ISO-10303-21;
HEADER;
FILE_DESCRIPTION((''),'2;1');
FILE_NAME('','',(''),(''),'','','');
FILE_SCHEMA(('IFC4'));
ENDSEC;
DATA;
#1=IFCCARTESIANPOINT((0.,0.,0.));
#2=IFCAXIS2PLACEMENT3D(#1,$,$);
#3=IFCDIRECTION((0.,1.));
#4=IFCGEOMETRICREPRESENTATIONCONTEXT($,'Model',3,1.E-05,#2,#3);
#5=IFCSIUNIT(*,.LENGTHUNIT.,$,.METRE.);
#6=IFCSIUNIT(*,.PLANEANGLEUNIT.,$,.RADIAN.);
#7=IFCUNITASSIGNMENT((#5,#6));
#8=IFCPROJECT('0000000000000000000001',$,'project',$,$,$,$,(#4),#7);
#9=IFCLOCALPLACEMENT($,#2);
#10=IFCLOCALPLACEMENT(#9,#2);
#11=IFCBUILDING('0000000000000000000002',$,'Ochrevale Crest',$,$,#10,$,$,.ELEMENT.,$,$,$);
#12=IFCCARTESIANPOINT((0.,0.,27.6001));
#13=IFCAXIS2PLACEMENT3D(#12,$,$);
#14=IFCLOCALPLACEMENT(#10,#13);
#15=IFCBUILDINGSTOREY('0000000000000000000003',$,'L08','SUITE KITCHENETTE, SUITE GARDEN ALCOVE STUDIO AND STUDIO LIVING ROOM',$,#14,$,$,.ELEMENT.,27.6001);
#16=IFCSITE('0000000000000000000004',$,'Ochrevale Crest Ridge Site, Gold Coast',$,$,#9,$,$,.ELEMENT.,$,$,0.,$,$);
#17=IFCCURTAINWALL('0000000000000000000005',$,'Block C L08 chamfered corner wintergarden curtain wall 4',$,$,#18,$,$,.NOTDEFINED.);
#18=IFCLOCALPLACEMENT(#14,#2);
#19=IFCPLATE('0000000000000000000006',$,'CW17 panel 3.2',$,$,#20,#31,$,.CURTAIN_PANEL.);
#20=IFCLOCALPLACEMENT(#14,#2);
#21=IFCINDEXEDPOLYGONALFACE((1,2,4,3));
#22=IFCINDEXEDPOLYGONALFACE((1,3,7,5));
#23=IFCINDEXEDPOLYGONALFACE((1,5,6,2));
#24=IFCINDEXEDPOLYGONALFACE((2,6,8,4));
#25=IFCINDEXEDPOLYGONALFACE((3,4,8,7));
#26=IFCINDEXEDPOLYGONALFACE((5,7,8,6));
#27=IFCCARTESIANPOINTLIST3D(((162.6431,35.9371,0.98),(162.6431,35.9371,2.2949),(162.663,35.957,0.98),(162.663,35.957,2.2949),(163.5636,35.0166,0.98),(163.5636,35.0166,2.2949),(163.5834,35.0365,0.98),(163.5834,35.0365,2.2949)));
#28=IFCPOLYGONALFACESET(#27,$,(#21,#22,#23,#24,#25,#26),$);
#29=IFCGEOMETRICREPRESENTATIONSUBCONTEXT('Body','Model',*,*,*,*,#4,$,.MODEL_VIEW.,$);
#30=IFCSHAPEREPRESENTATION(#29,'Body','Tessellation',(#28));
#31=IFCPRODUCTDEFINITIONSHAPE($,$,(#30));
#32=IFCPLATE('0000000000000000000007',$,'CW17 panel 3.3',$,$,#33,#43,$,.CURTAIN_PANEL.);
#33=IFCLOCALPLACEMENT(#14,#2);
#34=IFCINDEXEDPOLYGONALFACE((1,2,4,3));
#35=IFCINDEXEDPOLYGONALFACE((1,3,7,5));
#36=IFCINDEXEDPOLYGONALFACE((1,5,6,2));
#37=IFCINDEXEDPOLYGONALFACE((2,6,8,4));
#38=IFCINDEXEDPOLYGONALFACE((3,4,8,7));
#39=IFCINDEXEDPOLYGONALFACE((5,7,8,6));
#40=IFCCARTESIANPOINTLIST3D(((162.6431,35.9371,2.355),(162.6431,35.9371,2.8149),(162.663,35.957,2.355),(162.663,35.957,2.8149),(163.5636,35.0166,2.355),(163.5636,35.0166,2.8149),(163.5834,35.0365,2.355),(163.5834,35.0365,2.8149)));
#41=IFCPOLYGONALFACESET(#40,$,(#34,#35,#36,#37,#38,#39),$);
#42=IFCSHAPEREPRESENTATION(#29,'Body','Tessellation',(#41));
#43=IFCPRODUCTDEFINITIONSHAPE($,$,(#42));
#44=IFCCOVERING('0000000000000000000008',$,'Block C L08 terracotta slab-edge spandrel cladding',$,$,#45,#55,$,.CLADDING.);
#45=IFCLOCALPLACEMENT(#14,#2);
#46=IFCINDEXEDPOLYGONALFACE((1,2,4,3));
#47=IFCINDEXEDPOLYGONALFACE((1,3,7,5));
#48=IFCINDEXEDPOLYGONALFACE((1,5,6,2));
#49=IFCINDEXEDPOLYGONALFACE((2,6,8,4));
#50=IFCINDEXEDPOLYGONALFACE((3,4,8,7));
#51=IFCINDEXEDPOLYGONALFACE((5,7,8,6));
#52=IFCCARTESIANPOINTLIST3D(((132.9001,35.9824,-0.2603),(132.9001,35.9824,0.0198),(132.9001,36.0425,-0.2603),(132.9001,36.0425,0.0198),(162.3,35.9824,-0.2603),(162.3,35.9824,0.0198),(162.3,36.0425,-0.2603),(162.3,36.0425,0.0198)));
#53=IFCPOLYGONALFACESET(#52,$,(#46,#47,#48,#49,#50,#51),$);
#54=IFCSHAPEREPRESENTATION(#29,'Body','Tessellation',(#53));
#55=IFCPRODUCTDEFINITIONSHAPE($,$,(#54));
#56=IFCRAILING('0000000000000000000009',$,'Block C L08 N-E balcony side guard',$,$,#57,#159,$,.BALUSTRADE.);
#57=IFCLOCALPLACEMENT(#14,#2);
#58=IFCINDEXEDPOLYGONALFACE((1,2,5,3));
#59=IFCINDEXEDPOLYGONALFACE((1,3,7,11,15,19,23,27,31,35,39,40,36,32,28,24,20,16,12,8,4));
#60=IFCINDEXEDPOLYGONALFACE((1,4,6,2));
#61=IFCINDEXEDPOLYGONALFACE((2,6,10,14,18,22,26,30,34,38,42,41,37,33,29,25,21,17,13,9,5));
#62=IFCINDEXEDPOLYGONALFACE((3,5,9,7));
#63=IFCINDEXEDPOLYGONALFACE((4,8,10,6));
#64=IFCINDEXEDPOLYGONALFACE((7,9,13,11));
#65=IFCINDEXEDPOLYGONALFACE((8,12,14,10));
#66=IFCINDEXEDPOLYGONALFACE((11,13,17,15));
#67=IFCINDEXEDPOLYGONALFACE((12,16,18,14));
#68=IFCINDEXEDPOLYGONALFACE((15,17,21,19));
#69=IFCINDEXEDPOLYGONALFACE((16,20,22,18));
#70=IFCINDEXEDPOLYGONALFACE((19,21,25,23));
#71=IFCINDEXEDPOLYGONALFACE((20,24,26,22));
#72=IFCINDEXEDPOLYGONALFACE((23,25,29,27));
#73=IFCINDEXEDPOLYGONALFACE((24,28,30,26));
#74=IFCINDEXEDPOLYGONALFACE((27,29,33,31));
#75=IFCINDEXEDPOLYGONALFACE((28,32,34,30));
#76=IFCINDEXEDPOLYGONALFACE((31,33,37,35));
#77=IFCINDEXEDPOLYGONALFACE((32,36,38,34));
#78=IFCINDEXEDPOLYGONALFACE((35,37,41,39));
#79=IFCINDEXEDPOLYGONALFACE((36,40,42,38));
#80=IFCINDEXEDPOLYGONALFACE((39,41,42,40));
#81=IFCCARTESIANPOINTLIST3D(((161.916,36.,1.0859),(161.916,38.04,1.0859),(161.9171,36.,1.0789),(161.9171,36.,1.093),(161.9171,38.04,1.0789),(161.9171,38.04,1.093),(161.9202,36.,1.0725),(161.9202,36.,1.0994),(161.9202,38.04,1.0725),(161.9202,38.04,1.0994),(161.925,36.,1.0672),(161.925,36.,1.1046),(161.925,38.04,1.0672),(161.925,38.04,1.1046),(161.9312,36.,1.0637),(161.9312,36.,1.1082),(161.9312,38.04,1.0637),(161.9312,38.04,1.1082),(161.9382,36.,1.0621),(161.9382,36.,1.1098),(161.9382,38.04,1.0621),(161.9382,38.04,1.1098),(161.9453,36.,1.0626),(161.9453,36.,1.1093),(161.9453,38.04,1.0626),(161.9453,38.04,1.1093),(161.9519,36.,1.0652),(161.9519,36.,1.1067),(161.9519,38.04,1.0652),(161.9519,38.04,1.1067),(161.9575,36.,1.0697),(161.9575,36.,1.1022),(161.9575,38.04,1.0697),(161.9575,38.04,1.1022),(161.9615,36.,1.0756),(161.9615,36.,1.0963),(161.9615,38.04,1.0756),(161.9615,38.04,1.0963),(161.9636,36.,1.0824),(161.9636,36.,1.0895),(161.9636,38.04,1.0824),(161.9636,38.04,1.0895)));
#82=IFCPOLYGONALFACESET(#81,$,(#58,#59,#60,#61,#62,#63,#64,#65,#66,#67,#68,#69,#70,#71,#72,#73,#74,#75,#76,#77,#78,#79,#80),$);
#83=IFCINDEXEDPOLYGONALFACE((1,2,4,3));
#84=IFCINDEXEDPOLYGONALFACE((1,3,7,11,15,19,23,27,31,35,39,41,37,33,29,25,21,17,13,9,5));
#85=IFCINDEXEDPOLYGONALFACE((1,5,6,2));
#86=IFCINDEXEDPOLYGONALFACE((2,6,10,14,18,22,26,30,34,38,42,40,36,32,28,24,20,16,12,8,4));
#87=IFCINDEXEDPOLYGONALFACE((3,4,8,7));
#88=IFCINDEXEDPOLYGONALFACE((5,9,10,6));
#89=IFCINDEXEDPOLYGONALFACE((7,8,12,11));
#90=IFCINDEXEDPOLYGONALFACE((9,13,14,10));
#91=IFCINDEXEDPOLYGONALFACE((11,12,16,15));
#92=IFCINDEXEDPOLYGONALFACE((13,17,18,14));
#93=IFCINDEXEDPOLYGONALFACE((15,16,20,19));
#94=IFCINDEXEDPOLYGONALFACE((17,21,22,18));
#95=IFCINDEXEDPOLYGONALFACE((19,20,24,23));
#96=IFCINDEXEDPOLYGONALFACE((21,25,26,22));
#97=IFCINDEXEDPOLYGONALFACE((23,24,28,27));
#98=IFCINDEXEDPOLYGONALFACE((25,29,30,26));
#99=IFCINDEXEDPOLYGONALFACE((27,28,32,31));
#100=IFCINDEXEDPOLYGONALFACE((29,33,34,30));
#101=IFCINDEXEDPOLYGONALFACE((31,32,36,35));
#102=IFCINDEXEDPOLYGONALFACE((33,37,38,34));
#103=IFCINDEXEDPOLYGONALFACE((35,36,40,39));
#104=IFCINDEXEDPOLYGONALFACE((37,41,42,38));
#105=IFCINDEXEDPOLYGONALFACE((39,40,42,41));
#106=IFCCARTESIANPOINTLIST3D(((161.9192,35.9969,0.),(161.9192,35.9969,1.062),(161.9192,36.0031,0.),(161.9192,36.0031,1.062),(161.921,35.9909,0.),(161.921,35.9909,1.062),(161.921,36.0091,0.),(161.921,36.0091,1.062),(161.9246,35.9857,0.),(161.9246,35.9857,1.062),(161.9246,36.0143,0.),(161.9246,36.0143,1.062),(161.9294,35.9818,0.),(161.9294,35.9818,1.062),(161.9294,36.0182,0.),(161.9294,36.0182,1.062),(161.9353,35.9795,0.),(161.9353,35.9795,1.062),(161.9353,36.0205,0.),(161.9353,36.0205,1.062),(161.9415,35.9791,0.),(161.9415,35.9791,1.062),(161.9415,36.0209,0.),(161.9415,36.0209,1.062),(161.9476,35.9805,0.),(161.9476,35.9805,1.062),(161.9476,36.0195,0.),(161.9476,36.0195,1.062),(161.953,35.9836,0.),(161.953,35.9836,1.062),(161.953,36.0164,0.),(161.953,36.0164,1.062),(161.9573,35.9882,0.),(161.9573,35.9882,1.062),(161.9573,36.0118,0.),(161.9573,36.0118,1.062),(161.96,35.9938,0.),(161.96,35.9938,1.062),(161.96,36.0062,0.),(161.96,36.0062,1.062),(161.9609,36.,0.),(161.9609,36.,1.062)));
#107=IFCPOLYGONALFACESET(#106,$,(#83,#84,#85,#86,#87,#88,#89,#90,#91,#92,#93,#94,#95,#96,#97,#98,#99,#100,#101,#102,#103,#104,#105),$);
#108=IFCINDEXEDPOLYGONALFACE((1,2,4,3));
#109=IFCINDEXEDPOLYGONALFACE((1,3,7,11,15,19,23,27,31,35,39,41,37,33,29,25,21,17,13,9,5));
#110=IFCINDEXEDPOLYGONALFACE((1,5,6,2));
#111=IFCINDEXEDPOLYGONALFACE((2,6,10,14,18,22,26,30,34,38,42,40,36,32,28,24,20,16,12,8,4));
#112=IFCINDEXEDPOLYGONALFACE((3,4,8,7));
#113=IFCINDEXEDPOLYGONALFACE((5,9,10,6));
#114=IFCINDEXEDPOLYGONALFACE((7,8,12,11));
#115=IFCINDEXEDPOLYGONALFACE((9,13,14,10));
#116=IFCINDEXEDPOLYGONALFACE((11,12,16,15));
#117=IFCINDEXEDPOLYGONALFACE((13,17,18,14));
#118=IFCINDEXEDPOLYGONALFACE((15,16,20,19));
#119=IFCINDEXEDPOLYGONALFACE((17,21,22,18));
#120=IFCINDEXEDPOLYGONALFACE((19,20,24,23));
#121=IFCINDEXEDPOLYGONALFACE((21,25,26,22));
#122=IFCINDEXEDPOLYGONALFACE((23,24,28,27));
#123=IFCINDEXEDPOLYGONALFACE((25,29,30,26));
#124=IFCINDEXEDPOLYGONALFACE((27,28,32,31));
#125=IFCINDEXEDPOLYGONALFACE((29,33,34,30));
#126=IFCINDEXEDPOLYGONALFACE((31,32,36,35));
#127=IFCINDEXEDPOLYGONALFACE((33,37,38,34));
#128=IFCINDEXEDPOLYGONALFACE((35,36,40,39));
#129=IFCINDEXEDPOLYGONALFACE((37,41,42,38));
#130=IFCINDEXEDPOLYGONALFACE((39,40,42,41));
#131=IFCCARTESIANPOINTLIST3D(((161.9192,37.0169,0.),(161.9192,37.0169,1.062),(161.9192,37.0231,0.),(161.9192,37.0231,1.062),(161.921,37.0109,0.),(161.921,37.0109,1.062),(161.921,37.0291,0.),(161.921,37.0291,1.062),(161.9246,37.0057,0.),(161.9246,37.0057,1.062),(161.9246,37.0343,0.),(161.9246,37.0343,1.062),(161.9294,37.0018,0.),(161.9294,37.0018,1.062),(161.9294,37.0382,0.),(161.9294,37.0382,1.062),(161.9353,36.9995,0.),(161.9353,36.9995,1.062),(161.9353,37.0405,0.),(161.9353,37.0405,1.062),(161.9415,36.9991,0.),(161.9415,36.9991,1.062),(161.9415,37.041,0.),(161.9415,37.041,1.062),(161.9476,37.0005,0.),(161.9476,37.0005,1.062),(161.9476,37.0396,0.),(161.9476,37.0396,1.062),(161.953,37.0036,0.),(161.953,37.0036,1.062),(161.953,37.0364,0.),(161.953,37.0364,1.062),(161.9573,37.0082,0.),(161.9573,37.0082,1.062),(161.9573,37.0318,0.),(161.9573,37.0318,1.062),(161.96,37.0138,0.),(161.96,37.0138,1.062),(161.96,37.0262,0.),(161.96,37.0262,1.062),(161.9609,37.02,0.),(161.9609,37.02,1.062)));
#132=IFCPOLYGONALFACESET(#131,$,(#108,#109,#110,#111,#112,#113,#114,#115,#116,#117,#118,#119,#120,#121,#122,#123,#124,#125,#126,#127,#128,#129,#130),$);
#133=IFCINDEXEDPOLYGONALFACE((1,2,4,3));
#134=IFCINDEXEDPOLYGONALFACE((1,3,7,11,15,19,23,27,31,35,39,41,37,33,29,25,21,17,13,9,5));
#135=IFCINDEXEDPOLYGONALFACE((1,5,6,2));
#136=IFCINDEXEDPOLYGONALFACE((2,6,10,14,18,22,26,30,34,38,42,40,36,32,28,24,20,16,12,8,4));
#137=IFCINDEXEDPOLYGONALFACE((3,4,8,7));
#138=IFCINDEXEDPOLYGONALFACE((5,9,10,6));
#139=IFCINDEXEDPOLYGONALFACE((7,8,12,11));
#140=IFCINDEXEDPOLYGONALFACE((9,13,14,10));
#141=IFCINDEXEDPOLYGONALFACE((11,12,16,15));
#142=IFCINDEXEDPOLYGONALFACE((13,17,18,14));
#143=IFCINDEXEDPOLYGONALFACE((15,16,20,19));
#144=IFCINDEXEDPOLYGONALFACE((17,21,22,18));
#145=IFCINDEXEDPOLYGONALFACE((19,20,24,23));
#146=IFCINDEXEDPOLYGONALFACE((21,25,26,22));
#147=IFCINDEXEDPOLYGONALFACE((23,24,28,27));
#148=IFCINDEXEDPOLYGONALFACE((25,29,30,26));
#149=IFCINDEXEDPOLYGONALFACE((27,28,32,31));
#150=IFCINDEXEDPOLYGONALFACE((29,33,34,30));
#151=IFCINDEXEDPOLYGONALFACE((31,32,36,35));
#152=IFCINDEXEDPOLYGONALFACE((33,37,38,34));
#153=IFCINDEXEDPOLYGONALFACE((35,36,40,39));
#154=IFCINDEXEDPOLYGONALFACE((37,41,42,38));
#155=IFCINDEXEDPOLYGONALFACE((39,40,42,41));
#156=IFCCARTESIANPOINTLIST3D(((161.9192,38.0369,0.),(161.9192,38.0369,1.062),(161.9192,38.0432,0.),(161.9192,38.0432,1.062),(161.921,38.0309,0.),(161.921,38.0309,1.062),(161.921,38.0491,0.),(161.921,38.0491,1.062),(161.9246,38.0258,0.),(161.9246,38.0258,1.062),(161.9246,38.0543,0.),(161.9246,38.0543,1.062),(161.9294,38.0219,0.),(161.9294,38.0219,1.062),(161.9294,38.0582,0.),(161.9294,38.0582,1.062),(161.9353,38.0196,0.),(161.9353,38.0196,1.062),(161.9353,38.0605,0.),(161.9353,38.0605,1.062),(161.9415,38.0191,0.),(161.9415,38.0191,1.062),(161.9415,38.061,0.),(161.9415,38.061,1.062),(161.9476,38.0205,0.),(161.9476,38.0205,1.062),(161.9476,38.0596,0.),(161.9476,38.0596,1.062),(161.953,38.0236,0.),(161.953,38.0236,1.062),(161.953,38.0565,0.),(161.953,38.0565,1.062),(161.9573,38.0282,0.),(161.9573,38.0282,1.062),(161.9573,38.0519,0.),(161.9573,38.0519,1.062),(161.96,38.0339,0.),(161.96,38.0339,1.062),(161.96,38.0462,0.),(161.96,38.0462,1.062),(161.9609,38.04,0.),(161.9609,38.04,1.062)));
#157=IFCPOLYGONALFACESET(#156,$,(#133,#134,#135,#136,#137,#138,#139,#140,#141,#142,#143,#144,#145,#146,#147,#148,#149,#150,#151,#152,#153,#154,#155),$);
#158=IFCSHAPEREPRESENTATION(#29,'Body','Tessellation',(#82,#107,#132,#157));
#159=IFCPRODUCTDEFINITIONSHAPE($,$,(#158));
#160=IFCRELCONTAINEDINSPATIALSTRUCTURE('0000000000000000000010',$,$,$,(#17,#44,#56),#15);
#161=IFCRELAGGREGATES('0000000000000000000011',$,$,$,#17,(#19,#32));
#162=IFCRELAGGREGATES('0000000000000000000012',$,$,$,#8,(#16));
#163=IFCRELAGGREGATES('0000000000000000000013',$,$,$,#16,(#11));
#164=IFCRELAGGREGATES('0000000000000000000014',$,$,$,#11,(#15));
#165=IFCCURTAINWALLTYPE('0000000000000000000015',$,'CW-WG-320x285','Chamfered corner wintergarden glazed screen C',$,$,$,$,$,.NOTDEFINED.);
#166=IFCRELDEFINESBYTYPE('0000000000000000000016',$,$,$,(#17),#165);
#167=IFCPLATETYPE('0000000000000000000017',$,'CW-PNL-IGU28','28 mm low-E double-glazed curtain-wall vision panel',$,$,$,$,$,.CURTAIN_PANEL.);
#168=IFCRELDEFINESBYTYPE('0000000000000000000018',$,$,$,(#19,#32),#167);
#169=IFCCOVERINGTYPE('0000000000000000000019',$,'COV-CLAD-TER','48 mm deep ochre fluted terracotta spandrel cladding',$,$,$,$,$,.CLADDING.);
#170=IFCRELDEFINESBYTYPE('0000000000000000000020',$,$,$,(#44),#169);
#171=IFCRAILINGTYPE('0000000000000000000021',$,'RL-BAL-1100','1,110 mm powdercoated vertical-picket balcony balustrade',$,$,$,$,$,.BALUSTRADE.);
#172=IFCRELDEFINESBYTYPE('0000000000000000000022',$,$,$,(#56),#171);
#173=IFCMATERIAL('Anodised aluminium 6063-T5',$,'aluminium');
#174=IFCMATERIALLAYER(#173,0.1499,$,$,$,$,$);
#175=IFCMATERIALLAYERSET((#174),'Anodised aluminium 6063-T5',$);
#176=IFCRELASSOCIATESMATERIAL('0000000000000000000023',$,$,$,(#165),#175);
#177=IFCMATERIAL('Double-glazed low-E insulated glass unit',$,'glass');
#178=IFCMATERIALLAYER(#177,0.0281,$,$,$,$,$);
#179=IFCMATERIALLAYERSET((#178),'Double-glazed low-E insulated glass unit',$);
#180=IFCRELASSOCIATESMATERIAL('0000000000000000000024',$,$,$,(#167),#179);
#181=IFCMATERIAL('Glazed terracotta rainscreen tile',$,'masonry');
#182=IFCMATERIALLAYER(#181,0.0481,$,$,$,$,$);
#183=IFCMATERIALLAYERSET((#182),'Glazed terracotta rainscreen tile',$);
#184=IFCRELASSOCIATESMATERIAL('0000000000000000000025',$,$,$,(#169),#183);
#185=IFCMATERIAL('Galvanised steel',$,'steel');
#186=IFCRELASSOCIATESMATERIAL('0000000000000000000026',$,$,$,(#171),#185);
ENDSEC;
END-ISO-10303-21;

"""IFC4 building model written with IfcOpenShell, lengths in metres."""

from ifc_helpers import new_model, si_unit, direction, frame, origin, origin_2d, place, context, subcontext, project, spatial, rectangle, circle, extrude, material, layer, layer_set, type_object, element, aggregate, save


model = new_model("IFC4")

# Units and contexts
model_context = context("Model", 3, precision=1e-05, world=origin(), true_north=direction((0.0, 1.0)))
body_context = subcontext(model_context, "Body", "Model", "MODEL_VIEW")
ifc_project = project(units=[si_unit("LENGTHUNIT", "METRE"), si_unit("PLANEANGLEUNIT", "RADIAN")], contexts=[model_context])

# Site, building, storey
site_placement = place(None, origin())
site = spatial("IfcSite", under=ifc_project, at=site_placement, Name="Ochrevale Crest Ridge Site, Gold Coast", CompositionType="ELEMENT", RefElevation=0.0)
building_placement = place(site_placement, origin())
building = spatial("IfcBuilding", under=site, at=building_placement, Name="Ochrevale Crest", CompositionType="ELEMENT")
storey_placement = place(building_placement, frame((0.0, 0.0, 27.6001)))
storey = spatial("IfcBuildingStorey", under=building, at=storey_placement, Name="L08", Description="SUITE KITCHENETTE, SUITE GARDEN ALCOVE STUDIO AND STUDIO LIVING ROOM", CompositionType="ELEMENT", Elevation=27.6001)

# Curtain wall, plates
ifc_material_1 = material(Name="Anodised aluminium 6063-T5", Category="aluminium")
ifc_layer_1 = layer(ifc_material_1, 0.1499)
ifc_layer_set_1 = layer_set([ifc_layer_1], Name="Anodised aluminium 6063-T5")
curtain_wall_type = type_object("IfcCurtainWallType", Name="CW-WG-320x285", Description="Chamfered corner wintergarden glazed screen C", PredefinedType="NOTDEFINED", material=ifc_layer_set_1)
curtain_wall_placement = place(storey_placement, origin())
curtain_wall = element("IfcCurtainWall", 1, at=curtain_wall_placement, inside=storey, type_object=curtain_wall_type, Name="Block C L08 chamfered corner wintergarden curtain wall 4", PredefinedType="NOTDEFINED")
ifc_material_2 = material(Name="Double-glazed low-E insulated glass unit", Category="glass")
ifc_layer_2 = layer(ifc_material_2, 0.0281)
ifc_layer_set_2 = layer_set([ifc_layer_2], Name="Double-glazed low-E insulated glass unit")
plate_type = type_object("IfcPlateType", Name="CW-PNL-IGU28", Description="28 mm low-E double-glazed curtain-wall vision panel", PredefinedType="CURTAIN_PANEL", material=ifc_layer_set_2)
plate_1_placement = place(storey_placement, frame((163.1133, 35.4868, 0.98), z_axis=(0.0, 0.0, 1.0), x_axis=(-0.707107, 0.707107, 0.0)))
plate_1 = element("IfcPlate", 2, at=plate_1_placement, type_object=plate_type, Name="CW17 panel 3.2", PredefinedType="CURTAIN_PANEL", context=body_context, shape_type="SweptSolid", body=[
    extrude(rectangle(XDim=1.3018, YDim=0.0281, at=origin_2d()), origin(), (0.0, 0.0, 1.0), 1.3149),
])
plate_2_placement = place(storey_placement, frame((163.1133, 35.4868, 2.355), z_axis=(0.0, 0.0, 1.0), x_axis=(-0.707107, 0.707107, 0.0)))
plate_2 = element("IfcPlate", 3, at=plate_2_placement, type_object=plate_type, Name="CW17 panel 3.3", PredefinedType="CURTAIN_PANEL", context=body_context, shape_type="SweptSolid", body=[
    extrude(rectangle(XDim=1.3018, YDim=0.0281, at=origin_2d()), origin(), (0.0, 0.0, 1.0), 0.46),
])
aggregate(curtain_wall, [plate_1, plate_2])

# Covering
ifc_material_3 = material(Name="Glazed terracotta rainscreen tile", Category="masonry")
ifc_layer_3 = layer(ifc_material_3, 0.0481)
ifc_layer_set_3 = layer_set([ifc_layer_3], Name="Glazed terracotta rainscreen tile")
covering_type = type_object("IfcCoveringType", Name="COV-CLAD-TER", Description="48 mm deep ochre fluted terracotta spandrel cladding", PredefinedType="CLADDING", material=ifc_layer_set_3)
covering_placement = place(storey_placement, frame((147.6001, 36.0125, -0.2603), z_axis=(0.0, 0.0, 1.0), x_axis=(-1.0, 0.0, 0.0)))
element("IfcCovering", 4, at=covering_placement, inside=storey, type_object=covering_type, Name="Block C L08 terracotta slab-edge spandrel cladding", PredefinedType="CLADDING", context=body_context, shape_type="SweptSolid", body=[
    extrude(rectangle(XDim=29.3999, YDim=0.0601, at=origin_2d()), origin(), (0.0, 0.0, 1.0), 0.28),
])

# Railing
ifc_material_4 = material(Name="Galvanised steel", Category="steel")
railing_type = type_object("IfcRailingType", Name="RL-BAL-1100", Description="1,110 mm powdercoated vertical-picket balcony balustrade", PredefinedType="BALUSTRADE", material=ifc_material_4)
railing_placement = place(storey_placement, frame((161.9399, 36.0, 0.0)))
element("IfcRailing", 5, at=railing_placement, inside=storey, type_object=railing_type, Name="Block C L08 N-E balcony side guard", PredefinedType="BALUSTRADE", context=body_context, shape_type="SweptSolid", body=[
    extrude(circle(Radius=0.0239, at=origin_2d()), frame((0.0, 0.0, 1.0859), z_axis=(0.0, 1.0, 0.0), x_axis=(-1.0, 0.0, 0.0)), (0.0, 0.0, 1.0), 2.04),
    extrude(circle(Radius=0.021, at=origin_2d()), origin(), (0.0, 0.0, 1.0), 1.062),
    extrude(circle(Radius=0.021, at=origin_2d()), frame((0.0, 1.02, 0.0)), (0.0, 0.0, 1.0), 1.062),
    extrude(circle(Radius=0.021, at=origin_2d()), frame((0.0, 2.04, 0.0)), (0.0, 0.0, 1.0), 1.062),
])

save(model, "model.ifc")
